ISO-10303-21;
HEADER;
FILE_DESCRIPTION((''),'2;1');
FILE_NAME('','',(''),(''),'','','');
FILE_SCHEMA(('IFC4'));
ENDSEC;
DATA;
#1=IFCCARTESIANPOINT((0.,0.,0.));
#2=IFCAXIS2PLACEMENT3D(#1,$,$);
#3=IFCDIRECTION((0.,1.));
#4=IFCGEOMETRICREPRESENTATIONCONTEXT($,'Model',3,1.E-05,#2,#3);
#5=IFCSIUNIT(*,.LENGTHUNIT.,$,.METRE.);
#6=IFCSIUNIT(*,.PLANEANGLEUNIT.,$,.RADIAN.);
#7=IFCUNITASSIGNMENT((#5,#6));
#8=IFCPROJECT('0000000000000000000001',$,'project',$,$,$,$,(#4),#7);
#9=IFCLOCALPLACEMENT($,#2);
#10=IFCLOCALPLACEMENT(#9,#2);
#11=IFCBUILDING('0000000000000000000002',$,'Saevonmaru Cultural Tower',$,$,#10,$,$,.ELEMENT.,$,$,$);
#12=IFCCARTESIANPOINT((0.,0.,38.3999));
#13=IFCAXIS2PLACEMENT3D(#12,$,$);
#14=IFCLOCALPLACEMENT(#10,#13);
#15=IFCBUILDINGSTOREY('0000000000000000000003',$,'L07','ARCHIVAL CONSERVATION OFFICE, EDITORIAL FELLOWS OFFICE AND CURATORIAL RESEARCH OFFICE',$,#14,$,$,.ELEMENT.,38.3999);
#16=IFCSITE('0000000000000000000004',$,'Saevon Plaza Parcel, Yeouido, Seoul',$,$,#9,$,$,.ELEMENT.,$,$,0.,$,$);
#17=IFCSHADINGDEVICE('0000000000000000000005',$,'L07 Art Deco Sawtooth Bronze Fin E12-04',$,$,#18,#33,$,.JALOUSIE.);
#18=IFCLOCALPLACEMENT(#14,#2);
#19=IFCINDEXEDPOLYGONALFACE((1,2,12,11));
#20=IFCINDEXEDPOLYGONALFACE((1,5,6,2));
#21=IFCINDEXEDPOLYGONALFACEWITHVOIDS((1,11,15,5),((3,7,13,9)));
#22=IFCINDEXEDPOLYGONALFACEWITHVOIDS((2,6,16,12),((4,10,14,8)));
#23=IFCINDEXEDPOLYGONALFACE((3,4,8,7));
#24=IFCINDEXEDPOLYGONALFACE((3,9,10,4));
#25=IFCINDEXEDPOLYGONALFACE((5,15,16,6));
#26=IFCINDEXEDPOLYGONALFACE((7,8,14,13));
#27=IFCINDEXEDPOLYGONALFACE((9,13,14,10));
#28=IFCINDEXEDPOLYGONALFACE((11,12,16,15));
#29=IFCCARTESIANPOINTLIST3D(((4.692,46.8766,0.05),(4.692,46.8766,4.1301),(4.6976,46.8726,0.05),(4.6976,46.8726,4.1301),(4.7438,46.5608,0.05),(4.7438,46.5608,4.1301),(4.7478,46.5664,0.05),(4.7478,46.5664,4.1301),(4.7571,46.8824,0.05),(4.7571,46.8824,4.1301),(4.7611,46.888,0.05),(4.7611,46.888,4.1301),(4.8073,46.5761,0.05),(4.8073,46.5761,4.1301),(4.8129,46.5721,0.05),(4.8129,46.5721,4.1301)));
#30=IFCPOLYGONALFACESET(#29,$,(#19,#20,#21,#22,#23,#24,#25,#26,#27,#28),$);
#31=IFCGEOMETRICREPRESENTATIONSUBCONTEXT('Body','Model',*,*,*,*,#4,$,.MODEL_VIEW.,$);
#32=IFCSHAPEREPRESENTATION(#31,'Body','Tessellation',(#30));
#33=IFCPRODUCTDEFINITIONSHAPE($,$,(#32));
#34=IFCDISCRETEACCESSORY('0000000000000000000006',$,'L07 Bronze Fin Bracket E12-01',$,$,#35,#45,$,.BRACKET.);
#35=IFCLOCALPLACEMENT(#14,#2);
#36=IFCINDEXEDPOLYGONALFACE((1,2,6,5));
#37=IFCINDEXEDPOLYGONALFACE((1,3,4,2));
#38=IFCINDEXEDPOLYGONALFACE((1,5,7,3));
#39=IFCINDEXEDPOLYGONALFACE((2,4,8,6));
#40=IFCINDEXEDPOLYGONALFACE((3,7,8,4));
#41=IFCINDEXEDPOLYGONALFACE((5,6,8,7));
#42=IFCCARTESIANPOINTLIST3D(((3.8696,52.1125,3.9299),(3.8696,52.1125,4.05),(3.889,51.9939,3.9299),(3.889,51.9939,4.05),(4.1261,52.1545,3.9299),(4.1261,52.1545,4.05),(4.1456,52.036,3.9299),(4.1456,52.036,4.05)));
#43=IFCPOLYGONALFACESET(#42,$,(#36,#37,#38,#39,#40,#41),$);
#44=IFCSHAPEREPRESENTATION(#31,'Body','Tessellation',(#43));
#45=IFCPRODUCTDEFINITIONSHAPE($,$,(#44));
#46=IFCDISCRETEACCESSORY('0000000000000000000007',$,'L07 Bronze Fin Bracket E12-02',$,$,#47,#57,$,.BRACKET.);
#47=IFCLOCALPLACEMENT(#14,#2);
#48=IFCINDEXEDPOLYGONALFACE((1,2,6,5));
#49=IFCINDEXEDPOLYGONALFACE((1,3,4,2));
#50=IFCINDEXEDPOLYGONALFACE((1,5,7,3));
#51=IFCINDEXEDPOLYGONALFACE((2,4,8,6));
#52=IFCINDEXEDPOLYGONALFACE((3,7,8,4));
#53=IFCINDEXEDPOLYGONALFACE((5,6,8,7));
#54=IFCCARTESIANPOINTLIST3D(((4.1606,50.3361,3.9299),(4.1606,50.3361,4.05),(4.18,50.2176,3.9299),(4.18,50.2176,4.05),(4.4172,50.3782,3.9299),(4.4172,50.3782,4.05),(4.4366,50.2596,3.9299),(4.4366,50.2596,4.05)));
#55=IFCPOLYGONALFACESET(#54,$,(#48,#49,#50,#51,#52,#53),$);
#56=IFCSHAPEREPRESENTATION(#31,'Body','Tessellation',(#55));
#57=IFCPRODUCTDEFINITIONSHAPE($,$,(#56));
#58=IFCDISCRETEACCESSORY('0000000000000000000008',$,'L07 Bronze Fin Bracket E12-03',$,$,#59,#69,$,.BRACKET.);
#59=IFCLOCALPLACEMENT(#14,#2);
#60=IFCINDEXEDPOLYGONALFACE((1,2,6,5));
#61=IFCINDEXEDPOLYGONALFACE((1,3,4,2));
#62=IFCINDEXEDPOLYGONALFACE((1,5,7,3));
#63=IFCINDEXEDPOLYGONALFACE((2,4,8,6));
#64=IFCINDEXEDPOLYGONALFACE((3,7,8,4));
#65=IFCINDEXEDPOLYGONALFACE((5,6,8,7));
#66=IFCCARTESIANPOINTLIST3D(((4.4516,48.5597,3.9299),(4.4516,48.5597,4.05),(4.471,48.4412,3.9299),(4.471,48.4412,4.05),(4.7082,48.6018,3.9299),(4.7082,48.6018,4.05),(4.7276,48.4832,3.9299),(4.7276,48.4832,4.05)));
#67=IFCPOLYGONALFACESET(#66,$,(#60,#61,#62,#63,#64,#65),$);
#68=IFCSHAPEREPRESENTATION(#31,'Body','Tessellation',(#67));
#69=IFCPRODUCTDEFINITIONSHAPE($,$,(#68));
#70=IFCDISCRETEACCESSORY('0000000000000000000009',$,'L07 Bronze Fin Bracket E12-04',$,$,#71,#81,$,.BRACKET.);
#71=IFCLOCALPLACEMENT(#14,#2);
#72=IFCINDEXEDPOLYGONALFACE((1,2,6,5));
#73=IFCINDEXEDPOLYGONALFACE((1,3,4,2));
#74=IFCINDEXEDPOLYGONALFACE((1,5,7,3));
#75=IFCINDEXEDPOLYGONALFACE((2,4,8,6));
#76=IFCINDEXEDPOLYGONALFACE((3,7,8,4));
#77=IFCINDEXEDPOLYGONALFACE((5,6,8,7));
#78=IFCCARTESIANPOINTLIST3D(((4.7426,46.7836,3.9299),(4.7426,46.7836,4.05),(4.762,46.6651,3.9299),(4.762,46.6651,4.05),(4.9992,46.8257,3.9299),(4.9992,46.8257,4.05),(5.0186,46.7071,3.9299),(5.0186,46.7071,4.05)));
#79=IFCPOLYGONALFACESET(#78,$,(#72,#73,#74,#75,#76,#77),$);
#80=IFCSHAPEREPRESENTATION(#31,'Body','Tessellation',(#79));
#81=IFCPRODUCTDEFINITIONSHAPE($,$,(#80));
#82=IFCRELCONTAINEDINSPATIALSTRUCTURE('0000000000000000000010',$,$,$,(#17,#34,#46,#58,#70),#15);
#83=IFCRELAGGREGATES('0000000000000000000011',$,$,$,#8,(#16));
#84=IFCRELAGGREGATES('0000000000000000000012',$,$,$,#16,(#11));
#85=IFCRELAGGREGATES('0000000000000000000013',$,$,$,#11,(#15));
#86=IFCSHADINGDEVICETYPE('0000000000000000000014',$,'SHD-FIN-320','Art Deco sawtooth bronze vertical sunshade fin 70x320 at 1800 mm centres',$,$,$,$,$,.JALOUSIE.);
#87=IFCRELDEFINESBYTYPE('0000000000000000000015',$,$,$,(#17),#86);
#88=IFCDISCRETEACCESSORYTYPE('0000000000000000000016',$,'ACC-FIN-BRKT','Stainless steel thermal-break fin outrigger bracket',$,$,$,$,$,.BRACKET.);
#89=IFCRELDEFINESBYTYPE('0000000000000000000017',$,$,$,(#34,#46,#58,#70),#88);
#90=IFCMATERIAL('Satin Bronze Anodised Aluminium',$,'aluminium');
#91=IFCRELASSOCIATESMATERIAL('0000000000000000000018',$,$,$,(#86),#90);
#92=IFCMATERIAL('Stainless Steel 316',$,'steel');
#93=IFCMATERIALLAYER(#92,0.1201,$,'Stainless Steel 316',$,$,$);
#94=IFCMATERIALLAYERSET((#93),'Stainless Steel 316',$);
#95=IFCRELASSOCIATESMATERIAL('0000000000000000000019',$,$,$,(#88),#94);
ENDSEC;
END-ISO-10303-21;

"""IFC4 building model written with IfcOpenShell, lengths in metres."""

from ifc_helpers import new_model, si_unit, direction, frame, origin, origin_2d, place, context, subcontext, project, spatial, rectangle, hollow_rectangle, extrude, material, layer, layer_set, material_profile, profile_set, type_object, element, save


model = new_model("IFC4")

# Units and contexts
model_context = context("Model", 3, precision=1e-05, world=origin(), true_north=direction((0.0, 1.0)))
body_context = subcontext(model_context, "Body", "Model", "MODEL_VIEW")
ifc_project = project(units=[si_unit("LENGTHUNIT", "METRE"), si_unit("PLANEANGLEUNIT", "RADIAN")], contexts=[model_context])

# Site, building, storey
site_placement = place(None, origin())
site = spatial("IfcSite", under=ifc_project, at=site_placement, Name="Saevon Plaza Parcel, Yeouido, Seoul", CompositionType="ELEMENT", RefElevation=0.0)
building_placement = place(site_placement, origin())
building = spatial("IfcBuilding", under=site, at=building_placement, Name="Saevonmaru Cultural Tower", CompositionType="ELEMENT")
storey_placement = place(building_placement, frame((0.0, 0.0, 38.3999)))
storey = spatial("IfcBuildingStorey", under=building, at=storey_placement, Name="L07", Description="ARCHIVAL CONSERVATION OFFICE, EDITORIAL FELLOWS OFFICE AND CURATORIAL RESEARCH OFFICE", CompositionType="ELEMENT", Elevation=38.3999)

# Shared definitions
ifc_material_1 = material(Name="Satin Bronze Anodised Aluminium", Category="aluminium")

# Shading device
ifc_material_profile_1 = material_profile(ifc_material_1, hollow_rectangle(XDim=0.0701, YDim=0.3201, WallThickness=0.0049, at=origin_2d()), Name="FIN-320x70")
ifc_profile_set_1 = profile_set([ifc_material_profile_1], Name="Satin Bronze Anodised Aluminium")
shading_device_type = type_object("IfcShadingDeviceType", Name="SHD-FIN-320", Description="Art Deco sawtooth bronze vertical sunshade fin 70x320 at 1800 mm centres", PredefinedType="JALOUSIE", material=ifc_profile_set_1)
for number, where, z_axis, x_axis, name in (
    (1, (4.7524, 46.7244, 0.05), (0.0, 0.0, 1.0), (-0.986827, -0.161776, 0.0), "L07 Art Deco Sawtooth Bronze Fin E12-04"),
):
    element("IfcShadingDevice", number, at=place(storey_placement, frame(where, z_axis=z_axis, x_axis=x_axis)), inside=storey, type_object=shading_device_type, Name=name, PredefinedType="JALOUSIE", context=body_context, shape_type="SweptSolid", body=[
        extrude(hollow_rectangle(XDim=0.0701, YDim=0.3201, WallThickness=0.0049, at=origin_2d()), origin(), (0.0, 0.0, 1.0), 4.0801),
    ])

# Discrete accessories
ifc_material_2 = material(Name="Stainless Steel 316", Category="steel")
ifc_layer_1 = layer(ifc_material_2, 0.1201, Name="Stainless Steel 316")
ifc_layer_set_1 = layer_set([ifc_layer_1], Name="Stainless Steel 316")
discrete_accessory_type = type_object("IfcDiscreteAccessoryType", Name="ACC-FIN-BRKT", Description="Stainless steel thermal-break fin outrigger bracket", PredefinedType="BRACKET", material=ifc_layer_set_1)
for number, where, z_axis, x_axis, name in (
    (2, (4.0076, 52.0742, 3.9299), (0.0, 0.0, 1.0), (-0.986827, -0.161776, 0.0), "L07 Bronze Fin Bracket E12-01"),
    (3, (4.2986, 50.2979, 3.9299), (0.0, 0.0, 1.0), (-0.986827, -0.161776, 0.0), "L07 Bronze Fin Bracket E12-02"),
    (4, (4.5896, 48.5215, 3.9299), (0.0, 0.0, 1.0), (-0.986827, -0.161776, 0.0), "L07 Bronze Fin Bracket E12-03"),
    (5, (4.8806, 46.7454, 3.9299), (0.0, 0.0, 1.0), (-0.986827, -0.161776, 0.0), "L07 Bronze Fin Bracket E12-04"),
):
    element("IfcDiscreteAccessory", number, at=place(storey_placement, frame(where, z_axis=z_axis, x_axis=x_axis)), inside=storey, type_object=discrete_accessory_type, Name=name, PredefinedType="BRACKET", context=body_context, shape_type="SweptSolid", body=[
        extrude(rectangle(XDim=0.26, YDim=0.1201, at=origin_2d()), origin(), (0.0, 0.0, 1.0), 0.1201),
    ])

save(model, "model.ifc")
